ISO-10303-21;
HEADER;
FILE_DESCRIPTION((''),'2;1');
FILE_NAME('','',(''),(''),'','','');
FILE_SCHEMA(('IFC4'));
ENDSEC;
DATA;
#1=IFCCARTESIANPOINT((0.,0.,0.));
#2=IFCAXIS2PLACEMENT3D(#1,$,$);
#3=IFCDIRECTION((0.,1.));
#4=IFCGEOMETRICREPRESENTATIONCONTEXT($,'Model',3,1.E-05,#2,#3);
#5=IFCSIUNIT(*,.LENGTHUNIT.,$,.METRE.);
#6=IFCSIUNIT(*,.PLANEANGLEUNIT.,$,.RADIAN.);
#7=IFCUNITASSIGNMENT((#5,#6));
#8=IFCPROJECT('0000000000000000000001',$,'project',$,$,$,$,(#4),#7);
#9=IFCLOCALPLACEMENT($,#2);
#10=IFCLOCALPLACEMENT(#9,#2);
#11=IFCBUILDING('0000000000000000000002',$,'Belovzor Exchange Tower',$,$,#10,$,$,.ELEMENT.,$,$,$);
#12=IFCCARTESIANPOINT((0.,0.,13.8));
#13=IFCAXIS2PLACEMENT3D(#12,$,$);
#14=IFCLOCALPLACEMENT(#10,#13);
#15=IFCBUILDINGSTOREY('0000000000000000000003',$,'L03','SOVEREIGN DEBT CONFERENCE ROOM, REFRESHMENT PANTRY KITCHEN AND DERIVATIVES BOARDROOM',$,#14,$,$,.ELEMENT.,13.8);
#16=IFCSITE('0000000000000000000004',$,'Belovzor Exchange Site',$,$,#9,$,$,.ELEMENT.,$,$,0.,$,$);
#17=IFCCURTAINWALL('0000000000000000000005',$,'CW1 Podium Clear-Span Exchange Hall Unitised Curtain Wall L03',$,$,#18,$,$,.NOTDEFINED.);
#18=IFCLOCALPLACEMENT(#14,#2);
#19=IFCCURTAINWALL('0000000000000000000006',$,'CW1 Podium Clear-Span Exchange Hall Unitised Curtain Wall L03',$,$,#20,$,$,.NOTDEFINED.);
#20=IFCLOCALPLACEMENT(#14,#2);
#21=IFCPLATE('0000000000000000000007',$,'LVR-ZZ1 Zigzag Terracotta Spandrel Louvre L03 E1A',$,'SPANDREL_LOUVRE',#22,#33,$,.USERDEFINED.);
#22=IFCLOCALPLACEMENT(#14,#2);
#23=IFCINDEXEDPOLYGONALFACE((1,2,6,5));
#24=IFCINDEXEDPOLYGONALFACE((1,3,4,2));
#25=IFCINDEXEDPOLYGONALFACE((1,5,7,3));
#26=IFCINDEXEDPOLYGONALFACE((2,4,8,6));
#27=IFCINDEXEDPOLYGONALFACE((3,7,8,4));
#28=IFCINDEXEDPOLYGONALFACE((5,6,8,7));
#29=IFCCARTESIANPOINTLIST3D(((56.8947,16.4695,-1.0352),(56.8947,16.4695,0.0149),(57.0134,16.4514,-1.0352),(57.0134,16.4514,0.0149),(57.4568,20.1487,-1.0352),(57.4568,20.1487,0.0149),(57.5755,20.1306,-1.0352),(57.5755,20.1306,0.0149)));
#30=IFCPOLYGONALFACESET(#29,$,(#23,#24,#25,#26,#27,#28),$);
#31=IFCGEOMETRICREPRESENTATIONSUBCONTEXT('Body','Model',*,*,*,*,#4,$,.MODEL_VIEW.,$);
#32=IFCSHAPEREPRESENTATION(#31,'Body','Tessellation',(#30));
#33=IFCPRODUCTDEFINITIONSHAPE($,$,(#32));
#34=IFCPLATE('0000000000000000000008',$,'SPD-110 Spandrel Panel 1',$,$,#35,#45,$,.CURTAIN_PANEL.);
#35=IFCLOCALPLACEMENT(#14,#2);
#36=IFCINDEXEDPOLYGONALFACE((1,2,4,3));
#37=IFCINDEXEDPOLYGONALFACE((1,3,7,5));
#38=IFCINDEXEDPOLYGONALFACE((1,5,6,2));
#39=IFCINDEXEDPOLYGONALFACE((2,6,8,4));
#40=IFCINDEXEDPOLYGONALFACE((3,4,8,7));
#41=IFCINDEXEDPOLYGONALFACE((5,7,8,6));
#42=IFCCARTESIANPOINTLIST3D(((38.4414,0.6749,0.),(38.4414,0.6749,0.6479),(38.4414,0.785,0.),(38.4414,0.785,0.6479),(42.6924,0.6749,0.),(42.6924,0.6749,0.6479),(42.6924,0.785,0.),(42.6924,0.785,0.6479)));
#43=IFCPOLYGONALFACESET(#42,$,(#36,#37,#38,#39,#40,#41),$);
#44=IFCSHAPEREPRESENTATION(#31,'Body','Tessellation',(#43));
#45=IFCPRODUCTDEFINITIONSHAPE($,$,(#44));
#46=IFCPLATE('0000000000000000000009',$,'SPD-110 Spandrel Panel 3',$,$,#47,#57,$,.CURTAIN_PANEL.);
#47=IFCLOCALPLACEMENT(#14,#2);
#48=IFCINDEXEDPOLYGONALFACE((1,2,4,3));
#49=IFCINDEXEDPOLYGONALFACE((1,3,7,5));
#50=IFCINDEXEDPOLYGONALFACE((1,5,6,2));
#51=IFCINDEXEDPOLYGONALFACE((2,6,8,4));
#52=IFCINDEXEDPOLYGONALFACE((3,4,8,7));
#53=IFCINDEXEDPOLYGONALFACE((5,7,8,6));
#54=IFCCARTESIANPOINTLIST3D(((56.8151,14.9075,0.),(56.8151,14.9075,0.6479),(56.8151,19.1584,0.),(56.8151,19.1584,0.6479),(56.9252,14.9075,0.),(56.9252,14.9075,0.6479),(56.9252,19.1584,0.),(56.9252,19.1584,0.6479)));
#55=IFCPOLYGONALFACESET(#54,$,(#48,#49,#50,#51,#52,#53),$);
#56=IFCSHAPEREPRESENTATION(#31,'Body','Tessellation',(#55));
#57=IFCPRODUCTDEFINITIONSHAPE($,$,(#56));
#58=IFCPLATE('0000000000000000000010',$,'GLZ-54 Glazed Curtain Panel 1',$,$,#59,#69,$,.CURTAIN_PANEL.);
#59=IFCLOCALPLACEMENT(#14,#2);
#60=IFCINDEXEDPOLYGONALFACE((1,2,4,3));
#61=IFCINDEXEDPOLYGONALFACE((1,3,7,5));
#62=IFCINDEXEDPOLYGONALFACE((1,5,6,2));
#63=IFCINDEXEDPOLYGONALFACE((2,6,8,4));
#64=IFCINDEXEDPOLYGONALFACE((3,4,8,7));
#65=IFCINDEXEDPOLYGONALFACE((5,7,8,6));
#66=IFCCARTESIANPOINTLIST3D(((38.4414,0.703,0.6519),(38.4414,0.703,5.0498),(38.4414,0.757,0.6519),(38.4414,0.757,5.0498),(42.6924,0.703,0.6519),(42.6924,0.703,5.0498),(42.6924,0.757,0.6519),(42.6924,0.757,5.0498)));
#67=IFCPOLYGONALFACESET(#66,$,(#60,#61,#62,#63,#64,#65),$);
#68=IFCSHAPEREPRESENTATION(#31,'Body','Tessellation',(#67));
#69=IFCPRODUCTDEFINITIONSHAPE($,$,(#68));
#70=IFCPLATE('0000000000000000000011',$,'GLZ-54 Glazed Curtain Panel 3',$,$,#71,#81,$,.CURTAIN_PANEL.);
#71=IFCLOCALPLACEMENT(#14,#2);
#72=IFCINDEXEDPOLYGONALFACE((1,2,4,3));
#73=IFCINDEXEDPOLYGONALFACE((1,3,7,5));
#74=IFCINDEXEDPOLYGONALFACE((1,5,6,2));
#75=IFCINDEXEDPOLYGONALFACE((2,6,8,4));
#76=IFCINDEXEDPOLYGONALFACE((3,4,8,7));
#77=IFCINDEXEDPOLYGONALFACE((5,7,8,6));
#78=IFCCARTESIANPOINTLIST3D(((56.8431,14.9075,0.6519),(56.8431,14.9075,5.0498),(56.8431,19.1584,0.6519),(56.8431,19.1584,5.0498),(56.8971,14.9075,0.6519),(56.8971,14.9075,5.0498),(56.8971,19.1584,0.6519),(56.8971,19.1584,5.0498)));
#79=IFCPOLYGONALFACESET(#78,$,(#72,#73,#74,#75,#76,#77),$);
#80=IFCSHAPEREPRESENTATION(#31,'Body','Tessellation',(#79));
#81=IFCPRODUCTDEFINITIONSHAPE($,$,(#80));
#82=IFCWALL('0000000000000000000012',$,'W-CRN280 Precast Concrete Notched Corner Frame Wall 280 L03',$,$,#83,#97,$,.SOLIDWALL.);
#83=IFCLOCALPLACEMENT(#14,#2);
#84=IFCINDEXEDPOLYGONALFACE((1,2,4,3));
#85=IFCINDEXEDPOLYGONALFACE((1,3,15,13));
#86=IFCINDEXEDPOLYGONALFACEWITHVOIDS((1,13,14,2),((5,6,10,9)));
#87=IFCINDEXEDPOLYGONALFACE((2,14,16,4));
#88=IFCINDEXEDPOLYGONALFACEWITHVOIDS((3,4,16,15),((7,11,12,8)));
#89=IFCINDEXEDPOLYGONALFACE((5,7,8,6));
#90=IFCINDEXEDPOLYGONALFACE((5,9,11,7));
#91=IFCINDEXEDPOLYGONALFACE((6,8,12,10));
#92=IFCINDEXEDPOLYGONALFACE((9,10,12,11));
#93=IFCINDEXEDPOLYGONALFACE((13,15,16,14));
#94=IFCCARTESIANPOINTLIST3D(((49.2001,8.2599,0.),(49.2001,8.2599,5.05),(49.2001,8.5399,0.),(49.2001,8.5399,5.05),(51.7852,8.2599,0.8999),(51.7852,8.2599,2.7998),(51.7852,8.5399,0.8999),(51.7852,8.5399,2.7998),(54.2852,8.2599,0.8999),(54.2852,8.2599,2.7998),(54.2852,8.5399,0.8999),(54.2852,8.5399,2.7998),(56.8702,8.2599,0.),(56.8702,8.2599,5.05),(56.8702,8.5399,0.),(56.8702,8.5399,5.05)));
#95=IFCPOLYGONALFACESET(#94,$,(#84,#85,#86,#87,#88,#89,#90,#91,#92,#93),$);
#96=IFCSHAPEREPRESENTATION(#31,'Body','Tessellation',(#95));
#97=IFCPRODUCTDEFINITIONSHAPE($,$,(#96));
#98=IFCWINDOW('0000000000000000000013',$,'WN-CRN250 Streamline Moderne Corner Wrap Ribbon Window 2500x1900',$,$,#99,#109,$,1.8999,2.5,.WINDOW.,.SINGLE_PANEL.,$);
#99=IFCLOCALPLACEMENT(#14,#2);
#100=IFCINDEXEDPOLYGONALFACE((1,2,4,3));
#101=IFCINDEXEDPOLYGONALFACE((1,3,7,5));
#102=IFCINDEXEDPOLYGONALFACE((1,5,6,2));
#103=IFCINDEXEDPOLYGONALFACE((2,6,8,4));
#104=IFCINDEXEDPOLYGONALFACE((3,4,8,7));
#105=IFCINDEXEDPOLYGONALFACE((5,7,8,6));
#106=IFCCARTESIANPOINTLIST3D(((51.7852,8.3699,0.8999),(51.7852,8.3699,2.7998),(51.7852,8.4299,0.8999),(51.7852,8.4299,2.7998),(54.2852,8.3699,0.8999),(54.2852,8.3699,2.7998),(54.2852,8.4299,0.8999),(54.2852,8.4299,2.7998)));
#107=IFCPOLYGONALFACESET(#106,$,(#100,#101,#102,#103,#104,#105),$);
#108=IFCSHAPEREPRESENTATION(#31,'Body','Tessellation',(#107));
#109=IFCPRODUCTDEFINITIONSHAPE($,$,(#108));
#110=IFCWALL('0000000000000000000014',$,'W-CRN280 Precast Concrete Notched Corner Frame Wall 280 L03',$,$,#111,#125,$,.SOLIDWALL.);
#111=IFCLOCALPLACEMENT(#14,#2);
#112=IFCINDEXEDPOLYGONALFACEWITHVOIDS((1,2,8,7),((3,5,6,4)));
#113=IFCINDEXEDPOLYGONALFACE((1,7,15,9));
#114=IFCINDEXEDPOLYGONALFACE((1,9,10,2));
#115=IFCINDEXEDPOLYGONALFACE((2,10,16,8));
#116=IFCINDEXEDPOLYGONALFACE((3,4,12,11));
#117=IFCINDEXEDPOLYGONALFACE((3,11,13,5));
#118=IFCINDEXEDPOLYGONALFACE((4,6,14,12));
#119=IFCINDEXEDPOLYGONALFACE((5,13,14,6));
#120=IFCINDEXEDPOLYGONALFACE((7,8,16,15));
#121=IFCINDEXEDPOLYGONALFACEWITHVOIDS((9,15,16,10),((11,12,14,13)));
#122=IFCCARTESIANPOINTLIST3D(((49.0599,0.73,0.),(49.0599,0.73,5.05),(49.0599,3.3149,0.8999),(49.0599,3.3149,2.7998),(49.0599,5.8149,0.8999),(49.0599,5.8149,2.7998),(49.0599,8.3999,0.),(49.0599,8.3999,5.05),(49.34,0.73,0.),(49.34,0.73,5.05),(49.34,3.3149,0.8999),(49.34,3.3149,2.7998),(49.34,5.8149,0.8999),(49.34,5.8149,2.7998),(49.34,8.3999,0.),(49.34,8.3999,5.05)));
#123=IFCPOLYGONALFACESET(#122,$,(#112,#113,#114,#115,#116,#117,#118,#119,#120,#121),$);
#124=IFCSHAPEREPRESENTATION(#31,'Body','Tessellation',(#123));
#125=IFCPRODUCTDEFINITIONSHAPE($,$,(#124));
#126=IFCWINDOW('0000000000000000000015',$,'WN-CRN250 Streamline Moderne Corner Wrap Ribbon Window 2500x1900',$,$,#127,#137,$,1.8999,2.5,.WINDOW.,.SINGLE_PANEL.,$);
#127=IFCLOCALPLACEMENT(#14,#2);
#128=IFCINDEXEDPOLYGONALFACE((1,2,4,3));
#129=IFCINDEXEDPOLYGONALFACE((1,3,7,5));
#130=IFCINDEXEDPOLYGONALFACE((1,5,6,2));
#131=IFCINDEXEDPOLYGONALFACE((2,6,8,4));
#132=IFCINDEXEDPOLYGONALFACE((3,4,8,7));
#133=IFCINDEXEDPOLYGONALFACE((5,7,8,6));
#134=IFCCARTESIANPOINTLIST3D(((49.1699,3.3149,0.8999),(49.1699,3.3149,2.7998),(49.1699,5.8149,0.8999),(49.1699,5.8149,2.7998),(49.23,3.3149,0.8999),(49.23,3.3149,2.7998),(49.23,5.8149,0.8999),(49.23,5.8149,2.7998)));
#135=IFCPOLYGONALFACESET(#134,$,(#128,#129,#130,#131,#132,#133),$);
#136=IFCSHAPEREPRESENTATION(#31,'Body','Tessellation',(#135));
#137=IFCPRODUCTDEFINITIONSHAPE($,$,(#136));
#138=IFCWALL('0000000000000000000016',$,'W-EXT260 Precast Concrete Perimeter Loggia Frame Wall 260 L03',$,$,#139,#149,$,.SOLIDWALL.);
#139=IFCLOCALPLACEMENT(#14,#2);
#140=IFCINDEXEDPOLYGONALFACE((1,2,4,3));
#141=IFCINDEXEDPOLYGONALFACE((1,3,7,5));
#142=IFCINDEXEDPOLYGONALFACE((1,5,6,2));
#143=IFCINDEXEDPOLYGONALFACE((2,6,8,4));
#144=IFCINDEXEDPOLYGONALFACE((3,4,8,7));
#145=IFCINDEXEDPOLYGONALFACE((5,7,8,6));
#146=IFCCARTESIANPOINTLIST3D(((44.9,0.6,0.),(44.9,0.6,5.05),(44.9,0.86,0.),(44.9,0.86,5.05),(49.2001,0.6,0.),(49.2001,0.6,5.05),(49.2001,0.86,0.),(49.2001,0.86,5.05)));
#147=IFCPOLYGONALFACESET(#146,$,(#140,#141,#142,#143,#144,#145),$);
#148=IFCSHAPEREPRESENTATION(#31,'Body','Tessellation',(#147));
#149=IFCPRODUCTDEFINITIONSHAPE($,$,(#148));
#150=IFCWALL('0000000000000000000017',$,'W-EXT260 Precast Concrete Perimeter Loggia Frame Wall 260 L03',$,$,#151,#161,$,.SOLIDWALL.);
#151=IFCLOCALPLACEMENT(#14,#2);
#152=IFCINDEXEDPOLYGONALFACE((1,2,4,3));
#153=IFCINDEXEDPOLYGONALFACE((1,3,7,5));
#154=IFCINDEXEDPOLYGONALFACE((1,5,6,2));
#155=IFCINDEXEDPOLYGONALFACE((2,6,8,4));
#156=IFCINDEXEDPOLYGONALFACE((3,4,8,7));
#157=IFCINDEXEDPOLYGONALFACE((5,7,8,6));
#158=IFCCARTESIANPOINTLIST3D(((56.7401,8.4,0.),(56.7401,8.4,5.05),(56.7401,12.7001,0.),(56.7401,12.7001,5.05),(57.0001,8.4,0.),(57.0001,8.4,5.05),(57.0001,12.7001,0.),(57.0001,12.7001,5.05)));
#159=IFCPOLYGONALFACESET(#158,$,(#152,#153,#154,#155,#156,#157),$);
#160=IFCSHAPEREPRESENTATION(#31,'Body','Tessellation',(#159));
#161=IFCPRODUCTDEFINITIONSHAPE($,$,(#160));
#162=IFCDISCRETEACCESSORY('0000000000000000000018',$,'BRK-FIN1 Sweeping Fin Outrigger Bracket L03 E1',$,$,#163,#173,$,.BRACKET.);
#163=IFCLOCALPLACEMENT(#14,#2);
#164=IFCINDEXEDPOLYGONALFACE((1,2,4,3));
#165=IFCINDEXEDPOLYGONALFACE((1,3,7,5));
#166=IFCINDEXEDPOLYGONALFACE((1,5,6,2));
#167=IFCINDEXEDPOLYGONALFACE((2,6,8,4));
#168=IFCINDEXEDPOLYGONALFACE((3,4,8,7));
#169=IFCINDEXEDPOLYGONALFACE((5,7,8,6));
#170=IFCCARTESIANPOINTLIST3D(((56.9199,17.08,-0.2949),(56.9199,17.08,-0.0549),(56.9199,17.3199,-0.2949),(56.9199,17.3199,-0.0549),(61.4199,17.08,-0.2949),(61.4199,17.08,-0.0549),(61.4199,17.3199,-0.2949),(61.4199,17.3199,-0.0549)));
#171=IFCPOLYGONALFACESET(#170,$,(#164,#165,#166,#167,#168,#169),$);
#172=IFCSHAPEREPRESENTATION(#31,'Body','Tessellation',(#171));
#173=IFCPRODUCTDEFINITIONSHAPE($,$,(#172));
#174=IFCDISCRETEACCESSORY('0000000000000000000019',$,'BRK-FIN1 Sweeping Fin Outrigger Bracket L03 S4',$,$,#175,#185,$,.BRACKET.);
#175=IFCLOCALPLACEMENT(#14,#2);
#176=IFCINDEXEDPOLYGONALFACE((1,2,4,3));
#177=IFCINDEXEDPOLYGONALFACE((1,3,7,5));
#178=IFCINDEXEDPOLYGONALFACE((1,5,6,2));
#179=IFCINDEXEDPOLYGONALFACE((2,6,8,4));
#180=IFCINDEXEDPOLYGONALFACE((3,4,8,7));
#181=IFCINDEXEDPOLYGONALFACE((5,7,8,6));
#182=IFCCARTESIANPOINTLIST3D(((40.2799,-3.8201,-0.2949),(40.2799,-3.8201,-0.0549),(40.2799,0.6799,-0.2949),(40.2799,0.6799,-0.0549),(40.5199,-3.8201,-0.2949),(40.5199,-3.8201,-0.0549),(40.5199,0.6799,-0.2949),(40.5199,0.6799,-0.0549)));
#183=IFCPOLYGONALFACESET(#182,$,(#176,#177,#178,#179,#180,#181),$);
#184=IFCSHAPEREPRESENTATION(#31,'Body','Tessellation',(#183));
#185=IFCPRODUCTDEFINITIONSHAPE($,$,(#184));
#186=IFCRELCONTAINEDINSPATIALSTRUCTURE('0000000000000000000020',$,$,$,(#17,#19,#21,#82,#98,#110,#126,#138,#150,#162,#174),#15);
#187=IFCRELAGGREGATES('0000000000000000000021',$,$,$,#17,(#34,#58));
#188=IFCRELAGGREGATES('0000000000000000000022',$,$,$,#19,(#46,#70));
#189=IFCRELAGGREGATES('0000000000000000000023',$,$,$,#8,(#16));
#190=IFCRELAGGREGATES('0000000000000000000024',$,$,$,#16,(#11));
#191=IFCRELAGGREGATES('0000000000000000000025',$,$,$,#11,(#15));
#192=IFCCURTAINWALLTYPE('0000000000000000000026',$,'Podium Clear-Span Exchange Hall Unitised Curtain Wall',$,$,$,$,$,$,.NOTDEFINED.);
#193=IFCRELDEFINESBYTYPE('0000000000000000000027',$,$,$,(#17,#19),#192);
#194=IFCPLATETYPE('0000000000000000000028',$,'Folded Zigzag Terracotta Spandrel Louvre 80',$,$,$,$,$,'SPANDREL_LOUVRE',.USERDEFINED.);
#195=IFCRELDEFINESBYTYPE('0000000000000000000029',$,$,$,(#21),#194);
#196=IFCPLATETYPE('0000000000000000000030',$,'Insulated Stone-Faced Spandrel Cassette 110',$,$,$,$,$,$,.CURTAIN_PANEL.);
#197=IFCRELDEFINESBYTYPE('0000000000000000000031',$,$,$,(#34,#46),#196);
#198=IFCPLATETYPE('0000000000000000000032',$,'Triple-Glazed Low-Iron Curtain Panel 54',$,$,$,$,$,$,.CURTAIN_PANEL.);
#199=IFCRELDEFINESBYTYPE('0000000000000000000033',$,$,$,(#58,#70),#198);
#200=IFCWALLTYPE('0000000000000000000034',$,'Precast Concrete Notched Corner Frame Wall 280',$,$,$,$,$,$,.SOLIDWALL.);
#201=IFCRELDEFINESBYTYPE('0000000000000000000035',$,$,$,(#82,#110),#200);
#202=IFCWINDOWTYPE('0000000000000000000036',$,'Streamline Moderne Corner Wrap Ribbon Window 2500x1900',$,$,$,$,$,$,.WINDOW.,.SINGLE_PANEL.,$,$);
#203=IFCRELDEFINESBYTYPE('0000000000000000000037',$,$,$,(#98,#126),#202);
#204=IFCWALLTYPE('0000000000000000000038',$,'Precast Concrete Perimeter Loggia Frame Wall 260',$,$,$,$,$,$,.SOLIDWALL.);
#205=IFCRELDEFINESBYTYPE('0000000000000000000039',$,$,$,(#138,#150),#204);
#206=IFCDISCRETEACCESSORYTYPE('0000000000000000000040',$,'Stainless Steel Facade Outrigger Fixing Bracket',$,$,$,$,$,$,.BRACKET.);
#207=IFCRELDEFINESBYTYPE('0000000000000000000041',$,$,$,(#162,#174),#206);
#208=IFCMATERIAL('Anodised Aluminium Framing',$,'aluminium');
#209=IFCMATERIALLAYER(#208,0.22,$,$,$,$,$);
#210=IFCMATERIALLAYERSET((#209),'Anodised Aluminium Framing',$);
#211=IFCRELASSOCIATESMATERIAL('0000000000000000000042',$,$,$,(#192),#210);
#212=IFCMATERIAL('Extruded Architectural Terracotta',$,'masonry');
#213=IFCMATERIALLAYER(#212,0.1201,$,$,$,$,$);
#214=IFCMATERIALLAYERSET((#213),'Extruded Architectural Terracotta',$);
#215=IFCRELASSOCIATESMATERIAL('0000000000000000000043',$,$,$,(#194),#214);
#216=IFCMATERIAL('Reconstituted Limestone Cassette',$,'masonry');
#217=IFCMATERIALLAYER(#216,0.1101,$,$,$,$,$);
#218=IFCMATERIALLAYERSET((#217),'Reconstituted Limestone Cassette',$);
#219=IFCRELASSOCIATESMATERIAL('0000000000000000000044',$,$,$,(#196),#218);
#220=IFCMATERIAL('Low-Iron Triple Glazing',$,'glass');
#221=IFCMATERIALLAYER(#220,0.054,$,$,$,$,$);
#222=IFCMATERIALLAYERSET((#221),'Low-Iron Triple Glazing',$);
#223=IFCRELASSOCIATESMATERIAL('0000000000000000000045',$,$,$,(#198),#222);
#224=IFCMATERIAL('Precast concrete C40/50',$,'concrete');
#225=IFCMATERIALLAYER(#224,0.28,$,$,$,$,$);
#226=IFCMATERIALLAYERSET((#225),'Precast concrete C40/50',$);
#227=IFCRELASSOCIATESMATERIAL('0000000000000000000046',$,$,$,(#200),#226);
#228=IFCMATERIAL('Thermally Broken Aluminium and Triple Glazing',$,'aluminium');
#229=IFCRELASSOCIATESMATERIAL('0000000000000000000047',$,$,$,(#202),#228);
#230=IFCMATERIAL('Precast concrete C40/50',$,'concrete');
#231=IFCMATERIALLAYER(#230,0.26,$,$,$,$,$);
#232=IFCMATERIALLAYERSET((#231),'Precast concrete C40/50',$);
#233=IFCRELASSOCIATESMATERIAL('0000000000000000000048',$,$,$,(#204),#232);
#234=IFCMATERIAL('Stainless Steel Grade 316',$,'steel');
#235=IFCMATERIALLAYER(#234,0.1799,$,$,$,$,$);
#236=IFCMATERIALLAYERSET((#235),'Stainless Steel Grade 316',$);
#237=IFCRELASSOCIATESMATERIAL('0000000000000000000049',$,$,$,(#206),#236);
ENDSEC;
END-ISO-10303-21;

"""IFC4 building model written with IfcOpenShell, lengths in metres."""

from ifc_helpers import new_model, si_unit, direction, frame, frame_2d, origin, origin_2d, place, context, subcontext, project, spatial, rectangle, extrude, material, layer, layer_set, type_object, element, fill, aggregate, save


model = new_model("IFC4")

# Units and contexts
model_context = context("Model", 3, precision=1e-05, world=origin(), true_north=direction((0.0, 1.0)))
body_context = subcontext(model_context, "Body", "Model", "MODEL_VIEW")
ifc_project = project(units=[si_unit("LENGTHUNIT", "METRE"), si_unit("PLANEANGLEUNIT", "RADIAN")], contexts=[model_context])

# Site, building, storey
site_placement = place(None, origin())
site = spatial("IfcSite", under=ifc_project, at=site_placement, Name="Belovzor Exchange Site", CompositionType="ELEMENT", RefElevation=0.0)
building_placement = place(site_placement, origin())
building = spatial("IfcBuilding", under=site, at=building_placement, Name="Belovzor Exchange Tower", CompositionType="ELEMENT")
storey_placement = place(building_placement, frame((0.0, 0.0, 13.8)))
storey = spatial("IfcBuildingStorey", under=building, at=storey_placement, Name="L03", Description="SOVEREIGN DEBT CONFERENCE ROOM, REFRESHMENT PANTRY KITCHEN AND DERIVATIVES BOARDROOM", CompositionType="ELEMENT", Elevation=13.8)

# Curtain walls
ifc_material_1 = material(Name="Anodised Aluminium Framing", Category="aluminium")
ifc_layer_1 = layer(ifc_material_1, 0.22)
ifc_layer_set_1 = layer_set([ifc_layer_1], Name="Anodised Aluminium Framing")
curtain_wall_type = type_object("IfcCurtainWallType", Name="Podium Clear-Span Exchange Hall Unitised Curtain Wall", PredefinedType="NOTDEFINED", material=ifc_layer_set_1)
curtain_wall_1_placement = place(storey_placement, origin())
curtain_wall_1 = element("IfcCurtainWall", 1, at=curtain_wall_1_placement, inside=storey, type_object=curtain_wall_type, Name="CW1 Podium Clear-Span Exchange Hall Unitised Curtain Wall L03", PredefinedType="NOTDEFINED")
curtain_wall_2_placement = place(storey_placement, origin())
curtain_wall_2 = element("IfcCurtainWall", 2, at=curtain_wall_2_placement, inside=storey, type_object=curtain_wall_type, Name="CW1 Podium Clear-Span Exchange Hall Unitised Curtain Wall L03", PredefinedType="NOTDEFINED")

# Plates
ifc_material_2 = material(Name="Extruded Architectural Terracotta", Category="masonry")
ifc_layer_2 = layer(ifc_material_2, 0.1201)
ifc_layer_set_2 = layer_set([ifc_layer_2], Name="Extruded Architectural Terracotta")
plate_type_1 = type_object("IfcPlateType", Name="Folded Zigzag Terracotta Spandrel Louvre 80", ElementType="SPANDREL_LOUVRE", PredefinedType="USERDEFINED", material=ifc_layer_set_2)
plate_1_placement = place(storey_placement, frame((57.2351, 18.3, -1.0352), z_axis=(0.0, 0.0, 1.0), x_axis=(0.151019, 0.988531, 0.0)))
element("IfcPlate", 3, at=plate_1_placement, inside=storey, type_object=plate_type_1, Name="LVR-ZZ1 Zigzag Terracotta Spandrel Louvre L03 E1A", ObjectType="SPANDREL_LOUVRE", PredefinedType="USERDEFINED", context=body_context, shape_type="SweptSolid", body=[
    extrude(rectangle(XDim=3.7219, YDim=0.1201, at=origin_2d()), origin(), (0.0, 0.0, 1.0), 1.05),
])
ifc_material_3 = material(Name="Reconstituted Limestone Cassette", Category="masonry")
ifc_layer_3 = layer(ifc_material_3, 0.1101)
ifc_layer_set_3 = layer_set([ifc_layer_3], Name="Reconstituted Limestone Cassette")
plate_type_2 = type_object("IfcPlateType", Name="Insulated Stone-Faced Spandrel Cassette 110", PredefinedType="CURTAIN_PANEL", material=ifc_layer_set_3)
plate_2_placement = place(storey_placement, frame((40.5669, 0.73, 0.0), z_axis=(0.0, 0.0, 1.0), x_axis=(-1.0, 0.0, 0.0)))
plate_2 = element("IfcPlate", 4, at=plate_2_placement, type_object=plate_type_2, Name="SPD-110 Spandrel Panel 1", PredefinedType="CURTAIN_PANEL", context=body_context, shape_type="SweptSolid", body=[
    extrude(rectangle(XDim=4.251, YDim=0.1101, at=origin_2d()), origin(), (0.0, 0.0, 1.0), 0.6479),
])
plate_3_placement = place(storey_placement, frame((56.8701, 17.033, 0.0), z_axis=(0.0, 0.0, 1.0), x_axis=(0.0, -1.0, 0.0)))
plate_3 = element("IfcPlate", 5, at=plate_3_placement, type_object=plate_type_2, Name="SPD-110 Spandrel Panel 3", PredefinedType="CURTAIN_PANEL", context=body_context, shape_type="SweptSolid", body=[
    extrude(rectangle(XDim=4.251, YDim=0.1101, at=origin_2d()), origin(), (0.0, 0.0, 1.0), 0.6479),
])
ifc_material_4 = material(Name="Low-Iron Triple Glazing", Category="glass")
ifc_layer_4 = layer(ifc_material_4, 0.054)
ifc_layer_set_4 = layer_set([ifc_layer_4], Name="Low-Iron Triple Glazing")
plate_type_3 = type_object("IfcPlateType", Name="Triple-Glazed Low-Iron Curtain Panel 54", PredefinedType="CURTAIN_PANEL", material=ifc_layer_set_4)
plate_4_placement = place(storey_placement, frame((40.5669, 0.73, 0.6519), z_axis=(0.0, 0.0, 1.0), x_axis=(-1.0, 0.0, 0.0)))
plate_4 = element("IfcPlate", 6, at=plate_4_placement, type_object=plate_type_3, Name="GLZ-54 Glazed Curtain Panel 1", PredefinedType="CURTAIN_PANEL", context=body_context, shape_type="SweptSolid", body=[
    extrude(rectangle(XDim=4.251, YDim=0.054, at=origin_2d()), origin(), (0.0, 0.0, 1.0), 4.3979),
])
aggregate(curtain_wall_1, [plate_2, plate_4])
plate_5_placement = place(storey_placement, frame((56.8701, 17.033, 0.6519), z_axis=(0.0, 0.0, 1.0), x_axis=(0.0, -1.0, 0.0)))
plate_5 = element("IfcPlate", 7, at=plate_5_placement, type_object=plate_type_3, Name="GLZ-54 Glazed Curtain Panel 3", PredefinedType="CURTAIN_PANEL", context=body_context, shape_type="SweptSolid", body=[
    extrude(rectangle(XDim=4.251, YDim=0.054, at=origin_2d()), origin(), (0.0, 0.0, 1.0), 4.3979),
])
aggregate(curtain_wall_2, [plate_3, plate_5])

# Walls, openings, windows
ifc_material_5 = material(Name="Precast concrete C40/50", Category="concrete")
ifc_layer_5 = layer(ifc_material_5, 0.28)
ifc_layer_set_5 = layer_set([ifc_layer_5], Name="Precast concrete C40/50")
wall_type_1 = type_object("IfcWallType", Name="Precast Concrete Notched Corner Frame Wall 280", PredefinedType="SOLIDWALL", material=ifc_layer_set_5)
wall_1_placement = place(storey_placement, frame((56.8701, 8.3999, 0.0), z_axis=(0.0, 0.0, 1.0), x_axis=(-1.0, 0.0, 0.0)))
wall_1 = element("IfcWall", 8, at=wall_1_placement, inside=storey, type_object=wall_type_1, Name="W-CRN280 Precast Concrete Notched Corner Frame Wall 280 L03", PredefinedType="SOLIDWALL", context=body_context, shape_type="SweptSolid", body=[
    extrude(rectangle(XDim=7.6702, YDim=0.28, at=frame_2d((3.835, 0.0))), origin(), (0.0, 0.0, 1.0), 5.05),
])
opening_1_placement = place(wall_1_placement, frame((2.585, 0.0, 0.8999)))
opening_1 = element("IfcOpeningElement", 9, at=opening_1_placement, cuts=wall_1, PredefinedType="OPENING", context=body_context, shape_type="SweptSolid", body=[
    extrude(rectangle(XDim=2.5, YDim=1.8999, at=frame_2d((1.25, 0.95))), frame((0.0, 0.1499, 0.0), z_axis=(0.0, -1.0, 0.0), x_axis=(1.0, 0.0, 0.0)), (0.0, 0.0, 1.0), 0.3),
])
ifc_material_6 = material(Name="Thermally Broken Aluminium and Triple Glazing", Category="aluminium")
window_type = type_object("IfcWindowType", Name="Streamline Moderne Corner Wrap Ribbon Window 2500x1900", PartitioningType="SINGLE_PANEL", PredefinedType="WINDOW", material=ifc_material_6)
window_1_placement = place(opening_1_placement, origin())
window_1 = element("IfcWindow", 10, at=window_1_placement, inside=storey, type_object=window_type, Name="WN-CRN250 Streamline Moderne Corner Wrap Ribbon Window 2500x1900", OverallHeight=1.8999, OverallWidth=2.5, PartitioningType="SINGLE_PANEL", PredefinedType="WINDOW", context=body_context, shape_type="SweptSolid", body=[
    extrude(rectangle(XDim=2.5, YDim=1.8999, at=frame_2d((1.25, 0.95))), frame((0.0, 0.03, 0.0), z_axis=(0.0, -1.0, 0.0), x_axis=(1.0, 0.0, 0.0)), (0.0, 0.0, 1.0), 0.0601),
])
fill(opening_1, window_1)
wall_2_placement = place(storey_placement, frame((49.2, 8.3999, 0.0), z_axis=(0.0, 0.0, 1.0), x_axis=(0.0, -1.0, 0.0)))
wall_2 = element("IfcWall", 11, at=wall_2_placement, inside=storey, type_object=wall_type_1, Name="W-CRN280 Precast Concrete Notched Corner Frame Wall 280 L03", PredefinedType="SOLIDWALL", context=body_context, shape_type="SweptSolid", body=[
    extrude(rectangle(XDim=7.6699, YDim=0.28, at=frame_2d((3.835, 0.0))), origin(), (0.0, 0.0, 1.0), 5.05),
])
opening_2_placement = place(wall_2_placement, frame((2.585, 0.0, 0.8999)))
opening_2 = element("IfcOpeningElement", 12, at=opening_2_placement, cuts=wall_2, PredefinedType="OPENING", context=body_context, shape_type="SweptSolid", body=[
    extrude(rectangle(XDim=2.5, YDim=1.8999, at=frame_2d((1.25, 0.95))), frame((0.0, 0.1499, 0.0), z_axis=(0.0, -1.0, 0.0), x_axis=(1.0, 0.0, 0.0)), (0.0, 0.0, 1.0), 0.3),
])
window_2_placement = place(opening_2_placement, origin())
window_2 = element("IfcWindow", 13, at=window_2_placement, inside=storey, type_object=window_type, Name="WN-CRN250 Streamline Moderne Corner Wrap Ribbon Window 2500x1900", OverallHeight=1.8999, OverallWidth=2.5, PartitioningType="SINGLE_PANEL", PredefinedType="WINDOW", context=body_context, shape_type="SweptSolid", body=[
    extrude(rectangle(XDim=2.5, YDim=1.8999, at=frame_2d((1.25, 0.95))), frame((0.0, 0.03, 0.0), z_axis=(0.0, -1.0, 0.0), x_axis=(1.0, 0.0, 0.0)), (0.0, 0.0, 1.0), 0.0601),
])
fill(opening_2, window_2)

# Walls
ifc_material_7 = material(Name="Precast concrete C40/50", Category="concrete")
ifc_layer_6 = layer(ifc_material_7, 0.26)
ifc_layer_set_6 = layer_set([ifc_layer_6], Name="Precast concrete C40/50")
wall_type_2 = type_object("IfcWallType", Name="Precast Concrete Perimeter Loggia Frame Wall 260", PredefinedType="SOLIDWALL", material=ifc_layer_set_6)
for number, where, z_axis, x_axis, name in (
    (14, (49.2, 0.73, 0.0), (0.0, 0.0, 1.0), (-1.0, 0.0, 0.0), "W-EXT260 Precast Concrete Perimeter Loggia Frame Wall 260 L03"),
    (15, (56.8701, 12.7, 0.0), (0.0, 0.0, 1.0), (0.0, -1.0, 0.0), "W-EXT260 Precast Concrete Perimeter Loggia Frame Wall 260 L03"),
):
    element("IfcWall", number, at=place(storey_placement, frame(where, z_axis=z_axis, x_axis=x_axis)), inside=storey, type_object=wall_type_2, Name=name, PredefinedType="SOLIDWALL", context=body_context, shape_type="SweptSolid", body=[
        extrude(rectangle(XDim=4.3, YDim=0.26, at=frame_2d((2.1499, 0.0))), origin(), (0.0, 0.0, 1.0), 5.05),
    ])

# Discrete accessories
ifc_material_8 = material(Name="Stainless Steel Grade 316", Category="steel")
ifc_layer_7 = layer(ifc_material_8, 0.1799)
ifc_layer_set_7 = layer_set([ifc_layer_7], Name="Stainless Steel Grade 316")
discrete_accessory_type = type_object("IfcDiscreteAccessoryType", Name="Stainless Steel Facade Outrigger Fixing Bracket", PredefinedType="BRACKET", material=ifc_layer_set_7)
for number, where, z_axis, x_axis, name in (
    (16, (59.1699, 17.2, -0.2949), (0.0, 0.0, 1.0), (1.0, 0.0, 0.0), "BRK-FIN1 Sweeping Fin Outrigger Bracket L03 E1"),
    (17, (40.3999, -1.5701, -0.2949), (0.0, 0.0, 1.0), (0.0, 1.0, 0.0), "BRK-FIN1 Sweeping Fin Outrigger Bracket L03 S4"),
):
    element("IfcDiscreteAccessory", number, at=place(storey_placement, frame(where, z_axis=z_axis, x_axis=x_axis)), inside=storey, type_object=discrete_accessory_type, Name=name, PredefinedType="BRACKET", context=body_context, shape_type="SweptSolid", body=[
        extrude(rectangle(XDim=4.5, YDim=0.24, at=origin_2d()), origin(), (0.0, 0.0, 1.0), 0.24),
    ])

save(model, "model.ifc")
